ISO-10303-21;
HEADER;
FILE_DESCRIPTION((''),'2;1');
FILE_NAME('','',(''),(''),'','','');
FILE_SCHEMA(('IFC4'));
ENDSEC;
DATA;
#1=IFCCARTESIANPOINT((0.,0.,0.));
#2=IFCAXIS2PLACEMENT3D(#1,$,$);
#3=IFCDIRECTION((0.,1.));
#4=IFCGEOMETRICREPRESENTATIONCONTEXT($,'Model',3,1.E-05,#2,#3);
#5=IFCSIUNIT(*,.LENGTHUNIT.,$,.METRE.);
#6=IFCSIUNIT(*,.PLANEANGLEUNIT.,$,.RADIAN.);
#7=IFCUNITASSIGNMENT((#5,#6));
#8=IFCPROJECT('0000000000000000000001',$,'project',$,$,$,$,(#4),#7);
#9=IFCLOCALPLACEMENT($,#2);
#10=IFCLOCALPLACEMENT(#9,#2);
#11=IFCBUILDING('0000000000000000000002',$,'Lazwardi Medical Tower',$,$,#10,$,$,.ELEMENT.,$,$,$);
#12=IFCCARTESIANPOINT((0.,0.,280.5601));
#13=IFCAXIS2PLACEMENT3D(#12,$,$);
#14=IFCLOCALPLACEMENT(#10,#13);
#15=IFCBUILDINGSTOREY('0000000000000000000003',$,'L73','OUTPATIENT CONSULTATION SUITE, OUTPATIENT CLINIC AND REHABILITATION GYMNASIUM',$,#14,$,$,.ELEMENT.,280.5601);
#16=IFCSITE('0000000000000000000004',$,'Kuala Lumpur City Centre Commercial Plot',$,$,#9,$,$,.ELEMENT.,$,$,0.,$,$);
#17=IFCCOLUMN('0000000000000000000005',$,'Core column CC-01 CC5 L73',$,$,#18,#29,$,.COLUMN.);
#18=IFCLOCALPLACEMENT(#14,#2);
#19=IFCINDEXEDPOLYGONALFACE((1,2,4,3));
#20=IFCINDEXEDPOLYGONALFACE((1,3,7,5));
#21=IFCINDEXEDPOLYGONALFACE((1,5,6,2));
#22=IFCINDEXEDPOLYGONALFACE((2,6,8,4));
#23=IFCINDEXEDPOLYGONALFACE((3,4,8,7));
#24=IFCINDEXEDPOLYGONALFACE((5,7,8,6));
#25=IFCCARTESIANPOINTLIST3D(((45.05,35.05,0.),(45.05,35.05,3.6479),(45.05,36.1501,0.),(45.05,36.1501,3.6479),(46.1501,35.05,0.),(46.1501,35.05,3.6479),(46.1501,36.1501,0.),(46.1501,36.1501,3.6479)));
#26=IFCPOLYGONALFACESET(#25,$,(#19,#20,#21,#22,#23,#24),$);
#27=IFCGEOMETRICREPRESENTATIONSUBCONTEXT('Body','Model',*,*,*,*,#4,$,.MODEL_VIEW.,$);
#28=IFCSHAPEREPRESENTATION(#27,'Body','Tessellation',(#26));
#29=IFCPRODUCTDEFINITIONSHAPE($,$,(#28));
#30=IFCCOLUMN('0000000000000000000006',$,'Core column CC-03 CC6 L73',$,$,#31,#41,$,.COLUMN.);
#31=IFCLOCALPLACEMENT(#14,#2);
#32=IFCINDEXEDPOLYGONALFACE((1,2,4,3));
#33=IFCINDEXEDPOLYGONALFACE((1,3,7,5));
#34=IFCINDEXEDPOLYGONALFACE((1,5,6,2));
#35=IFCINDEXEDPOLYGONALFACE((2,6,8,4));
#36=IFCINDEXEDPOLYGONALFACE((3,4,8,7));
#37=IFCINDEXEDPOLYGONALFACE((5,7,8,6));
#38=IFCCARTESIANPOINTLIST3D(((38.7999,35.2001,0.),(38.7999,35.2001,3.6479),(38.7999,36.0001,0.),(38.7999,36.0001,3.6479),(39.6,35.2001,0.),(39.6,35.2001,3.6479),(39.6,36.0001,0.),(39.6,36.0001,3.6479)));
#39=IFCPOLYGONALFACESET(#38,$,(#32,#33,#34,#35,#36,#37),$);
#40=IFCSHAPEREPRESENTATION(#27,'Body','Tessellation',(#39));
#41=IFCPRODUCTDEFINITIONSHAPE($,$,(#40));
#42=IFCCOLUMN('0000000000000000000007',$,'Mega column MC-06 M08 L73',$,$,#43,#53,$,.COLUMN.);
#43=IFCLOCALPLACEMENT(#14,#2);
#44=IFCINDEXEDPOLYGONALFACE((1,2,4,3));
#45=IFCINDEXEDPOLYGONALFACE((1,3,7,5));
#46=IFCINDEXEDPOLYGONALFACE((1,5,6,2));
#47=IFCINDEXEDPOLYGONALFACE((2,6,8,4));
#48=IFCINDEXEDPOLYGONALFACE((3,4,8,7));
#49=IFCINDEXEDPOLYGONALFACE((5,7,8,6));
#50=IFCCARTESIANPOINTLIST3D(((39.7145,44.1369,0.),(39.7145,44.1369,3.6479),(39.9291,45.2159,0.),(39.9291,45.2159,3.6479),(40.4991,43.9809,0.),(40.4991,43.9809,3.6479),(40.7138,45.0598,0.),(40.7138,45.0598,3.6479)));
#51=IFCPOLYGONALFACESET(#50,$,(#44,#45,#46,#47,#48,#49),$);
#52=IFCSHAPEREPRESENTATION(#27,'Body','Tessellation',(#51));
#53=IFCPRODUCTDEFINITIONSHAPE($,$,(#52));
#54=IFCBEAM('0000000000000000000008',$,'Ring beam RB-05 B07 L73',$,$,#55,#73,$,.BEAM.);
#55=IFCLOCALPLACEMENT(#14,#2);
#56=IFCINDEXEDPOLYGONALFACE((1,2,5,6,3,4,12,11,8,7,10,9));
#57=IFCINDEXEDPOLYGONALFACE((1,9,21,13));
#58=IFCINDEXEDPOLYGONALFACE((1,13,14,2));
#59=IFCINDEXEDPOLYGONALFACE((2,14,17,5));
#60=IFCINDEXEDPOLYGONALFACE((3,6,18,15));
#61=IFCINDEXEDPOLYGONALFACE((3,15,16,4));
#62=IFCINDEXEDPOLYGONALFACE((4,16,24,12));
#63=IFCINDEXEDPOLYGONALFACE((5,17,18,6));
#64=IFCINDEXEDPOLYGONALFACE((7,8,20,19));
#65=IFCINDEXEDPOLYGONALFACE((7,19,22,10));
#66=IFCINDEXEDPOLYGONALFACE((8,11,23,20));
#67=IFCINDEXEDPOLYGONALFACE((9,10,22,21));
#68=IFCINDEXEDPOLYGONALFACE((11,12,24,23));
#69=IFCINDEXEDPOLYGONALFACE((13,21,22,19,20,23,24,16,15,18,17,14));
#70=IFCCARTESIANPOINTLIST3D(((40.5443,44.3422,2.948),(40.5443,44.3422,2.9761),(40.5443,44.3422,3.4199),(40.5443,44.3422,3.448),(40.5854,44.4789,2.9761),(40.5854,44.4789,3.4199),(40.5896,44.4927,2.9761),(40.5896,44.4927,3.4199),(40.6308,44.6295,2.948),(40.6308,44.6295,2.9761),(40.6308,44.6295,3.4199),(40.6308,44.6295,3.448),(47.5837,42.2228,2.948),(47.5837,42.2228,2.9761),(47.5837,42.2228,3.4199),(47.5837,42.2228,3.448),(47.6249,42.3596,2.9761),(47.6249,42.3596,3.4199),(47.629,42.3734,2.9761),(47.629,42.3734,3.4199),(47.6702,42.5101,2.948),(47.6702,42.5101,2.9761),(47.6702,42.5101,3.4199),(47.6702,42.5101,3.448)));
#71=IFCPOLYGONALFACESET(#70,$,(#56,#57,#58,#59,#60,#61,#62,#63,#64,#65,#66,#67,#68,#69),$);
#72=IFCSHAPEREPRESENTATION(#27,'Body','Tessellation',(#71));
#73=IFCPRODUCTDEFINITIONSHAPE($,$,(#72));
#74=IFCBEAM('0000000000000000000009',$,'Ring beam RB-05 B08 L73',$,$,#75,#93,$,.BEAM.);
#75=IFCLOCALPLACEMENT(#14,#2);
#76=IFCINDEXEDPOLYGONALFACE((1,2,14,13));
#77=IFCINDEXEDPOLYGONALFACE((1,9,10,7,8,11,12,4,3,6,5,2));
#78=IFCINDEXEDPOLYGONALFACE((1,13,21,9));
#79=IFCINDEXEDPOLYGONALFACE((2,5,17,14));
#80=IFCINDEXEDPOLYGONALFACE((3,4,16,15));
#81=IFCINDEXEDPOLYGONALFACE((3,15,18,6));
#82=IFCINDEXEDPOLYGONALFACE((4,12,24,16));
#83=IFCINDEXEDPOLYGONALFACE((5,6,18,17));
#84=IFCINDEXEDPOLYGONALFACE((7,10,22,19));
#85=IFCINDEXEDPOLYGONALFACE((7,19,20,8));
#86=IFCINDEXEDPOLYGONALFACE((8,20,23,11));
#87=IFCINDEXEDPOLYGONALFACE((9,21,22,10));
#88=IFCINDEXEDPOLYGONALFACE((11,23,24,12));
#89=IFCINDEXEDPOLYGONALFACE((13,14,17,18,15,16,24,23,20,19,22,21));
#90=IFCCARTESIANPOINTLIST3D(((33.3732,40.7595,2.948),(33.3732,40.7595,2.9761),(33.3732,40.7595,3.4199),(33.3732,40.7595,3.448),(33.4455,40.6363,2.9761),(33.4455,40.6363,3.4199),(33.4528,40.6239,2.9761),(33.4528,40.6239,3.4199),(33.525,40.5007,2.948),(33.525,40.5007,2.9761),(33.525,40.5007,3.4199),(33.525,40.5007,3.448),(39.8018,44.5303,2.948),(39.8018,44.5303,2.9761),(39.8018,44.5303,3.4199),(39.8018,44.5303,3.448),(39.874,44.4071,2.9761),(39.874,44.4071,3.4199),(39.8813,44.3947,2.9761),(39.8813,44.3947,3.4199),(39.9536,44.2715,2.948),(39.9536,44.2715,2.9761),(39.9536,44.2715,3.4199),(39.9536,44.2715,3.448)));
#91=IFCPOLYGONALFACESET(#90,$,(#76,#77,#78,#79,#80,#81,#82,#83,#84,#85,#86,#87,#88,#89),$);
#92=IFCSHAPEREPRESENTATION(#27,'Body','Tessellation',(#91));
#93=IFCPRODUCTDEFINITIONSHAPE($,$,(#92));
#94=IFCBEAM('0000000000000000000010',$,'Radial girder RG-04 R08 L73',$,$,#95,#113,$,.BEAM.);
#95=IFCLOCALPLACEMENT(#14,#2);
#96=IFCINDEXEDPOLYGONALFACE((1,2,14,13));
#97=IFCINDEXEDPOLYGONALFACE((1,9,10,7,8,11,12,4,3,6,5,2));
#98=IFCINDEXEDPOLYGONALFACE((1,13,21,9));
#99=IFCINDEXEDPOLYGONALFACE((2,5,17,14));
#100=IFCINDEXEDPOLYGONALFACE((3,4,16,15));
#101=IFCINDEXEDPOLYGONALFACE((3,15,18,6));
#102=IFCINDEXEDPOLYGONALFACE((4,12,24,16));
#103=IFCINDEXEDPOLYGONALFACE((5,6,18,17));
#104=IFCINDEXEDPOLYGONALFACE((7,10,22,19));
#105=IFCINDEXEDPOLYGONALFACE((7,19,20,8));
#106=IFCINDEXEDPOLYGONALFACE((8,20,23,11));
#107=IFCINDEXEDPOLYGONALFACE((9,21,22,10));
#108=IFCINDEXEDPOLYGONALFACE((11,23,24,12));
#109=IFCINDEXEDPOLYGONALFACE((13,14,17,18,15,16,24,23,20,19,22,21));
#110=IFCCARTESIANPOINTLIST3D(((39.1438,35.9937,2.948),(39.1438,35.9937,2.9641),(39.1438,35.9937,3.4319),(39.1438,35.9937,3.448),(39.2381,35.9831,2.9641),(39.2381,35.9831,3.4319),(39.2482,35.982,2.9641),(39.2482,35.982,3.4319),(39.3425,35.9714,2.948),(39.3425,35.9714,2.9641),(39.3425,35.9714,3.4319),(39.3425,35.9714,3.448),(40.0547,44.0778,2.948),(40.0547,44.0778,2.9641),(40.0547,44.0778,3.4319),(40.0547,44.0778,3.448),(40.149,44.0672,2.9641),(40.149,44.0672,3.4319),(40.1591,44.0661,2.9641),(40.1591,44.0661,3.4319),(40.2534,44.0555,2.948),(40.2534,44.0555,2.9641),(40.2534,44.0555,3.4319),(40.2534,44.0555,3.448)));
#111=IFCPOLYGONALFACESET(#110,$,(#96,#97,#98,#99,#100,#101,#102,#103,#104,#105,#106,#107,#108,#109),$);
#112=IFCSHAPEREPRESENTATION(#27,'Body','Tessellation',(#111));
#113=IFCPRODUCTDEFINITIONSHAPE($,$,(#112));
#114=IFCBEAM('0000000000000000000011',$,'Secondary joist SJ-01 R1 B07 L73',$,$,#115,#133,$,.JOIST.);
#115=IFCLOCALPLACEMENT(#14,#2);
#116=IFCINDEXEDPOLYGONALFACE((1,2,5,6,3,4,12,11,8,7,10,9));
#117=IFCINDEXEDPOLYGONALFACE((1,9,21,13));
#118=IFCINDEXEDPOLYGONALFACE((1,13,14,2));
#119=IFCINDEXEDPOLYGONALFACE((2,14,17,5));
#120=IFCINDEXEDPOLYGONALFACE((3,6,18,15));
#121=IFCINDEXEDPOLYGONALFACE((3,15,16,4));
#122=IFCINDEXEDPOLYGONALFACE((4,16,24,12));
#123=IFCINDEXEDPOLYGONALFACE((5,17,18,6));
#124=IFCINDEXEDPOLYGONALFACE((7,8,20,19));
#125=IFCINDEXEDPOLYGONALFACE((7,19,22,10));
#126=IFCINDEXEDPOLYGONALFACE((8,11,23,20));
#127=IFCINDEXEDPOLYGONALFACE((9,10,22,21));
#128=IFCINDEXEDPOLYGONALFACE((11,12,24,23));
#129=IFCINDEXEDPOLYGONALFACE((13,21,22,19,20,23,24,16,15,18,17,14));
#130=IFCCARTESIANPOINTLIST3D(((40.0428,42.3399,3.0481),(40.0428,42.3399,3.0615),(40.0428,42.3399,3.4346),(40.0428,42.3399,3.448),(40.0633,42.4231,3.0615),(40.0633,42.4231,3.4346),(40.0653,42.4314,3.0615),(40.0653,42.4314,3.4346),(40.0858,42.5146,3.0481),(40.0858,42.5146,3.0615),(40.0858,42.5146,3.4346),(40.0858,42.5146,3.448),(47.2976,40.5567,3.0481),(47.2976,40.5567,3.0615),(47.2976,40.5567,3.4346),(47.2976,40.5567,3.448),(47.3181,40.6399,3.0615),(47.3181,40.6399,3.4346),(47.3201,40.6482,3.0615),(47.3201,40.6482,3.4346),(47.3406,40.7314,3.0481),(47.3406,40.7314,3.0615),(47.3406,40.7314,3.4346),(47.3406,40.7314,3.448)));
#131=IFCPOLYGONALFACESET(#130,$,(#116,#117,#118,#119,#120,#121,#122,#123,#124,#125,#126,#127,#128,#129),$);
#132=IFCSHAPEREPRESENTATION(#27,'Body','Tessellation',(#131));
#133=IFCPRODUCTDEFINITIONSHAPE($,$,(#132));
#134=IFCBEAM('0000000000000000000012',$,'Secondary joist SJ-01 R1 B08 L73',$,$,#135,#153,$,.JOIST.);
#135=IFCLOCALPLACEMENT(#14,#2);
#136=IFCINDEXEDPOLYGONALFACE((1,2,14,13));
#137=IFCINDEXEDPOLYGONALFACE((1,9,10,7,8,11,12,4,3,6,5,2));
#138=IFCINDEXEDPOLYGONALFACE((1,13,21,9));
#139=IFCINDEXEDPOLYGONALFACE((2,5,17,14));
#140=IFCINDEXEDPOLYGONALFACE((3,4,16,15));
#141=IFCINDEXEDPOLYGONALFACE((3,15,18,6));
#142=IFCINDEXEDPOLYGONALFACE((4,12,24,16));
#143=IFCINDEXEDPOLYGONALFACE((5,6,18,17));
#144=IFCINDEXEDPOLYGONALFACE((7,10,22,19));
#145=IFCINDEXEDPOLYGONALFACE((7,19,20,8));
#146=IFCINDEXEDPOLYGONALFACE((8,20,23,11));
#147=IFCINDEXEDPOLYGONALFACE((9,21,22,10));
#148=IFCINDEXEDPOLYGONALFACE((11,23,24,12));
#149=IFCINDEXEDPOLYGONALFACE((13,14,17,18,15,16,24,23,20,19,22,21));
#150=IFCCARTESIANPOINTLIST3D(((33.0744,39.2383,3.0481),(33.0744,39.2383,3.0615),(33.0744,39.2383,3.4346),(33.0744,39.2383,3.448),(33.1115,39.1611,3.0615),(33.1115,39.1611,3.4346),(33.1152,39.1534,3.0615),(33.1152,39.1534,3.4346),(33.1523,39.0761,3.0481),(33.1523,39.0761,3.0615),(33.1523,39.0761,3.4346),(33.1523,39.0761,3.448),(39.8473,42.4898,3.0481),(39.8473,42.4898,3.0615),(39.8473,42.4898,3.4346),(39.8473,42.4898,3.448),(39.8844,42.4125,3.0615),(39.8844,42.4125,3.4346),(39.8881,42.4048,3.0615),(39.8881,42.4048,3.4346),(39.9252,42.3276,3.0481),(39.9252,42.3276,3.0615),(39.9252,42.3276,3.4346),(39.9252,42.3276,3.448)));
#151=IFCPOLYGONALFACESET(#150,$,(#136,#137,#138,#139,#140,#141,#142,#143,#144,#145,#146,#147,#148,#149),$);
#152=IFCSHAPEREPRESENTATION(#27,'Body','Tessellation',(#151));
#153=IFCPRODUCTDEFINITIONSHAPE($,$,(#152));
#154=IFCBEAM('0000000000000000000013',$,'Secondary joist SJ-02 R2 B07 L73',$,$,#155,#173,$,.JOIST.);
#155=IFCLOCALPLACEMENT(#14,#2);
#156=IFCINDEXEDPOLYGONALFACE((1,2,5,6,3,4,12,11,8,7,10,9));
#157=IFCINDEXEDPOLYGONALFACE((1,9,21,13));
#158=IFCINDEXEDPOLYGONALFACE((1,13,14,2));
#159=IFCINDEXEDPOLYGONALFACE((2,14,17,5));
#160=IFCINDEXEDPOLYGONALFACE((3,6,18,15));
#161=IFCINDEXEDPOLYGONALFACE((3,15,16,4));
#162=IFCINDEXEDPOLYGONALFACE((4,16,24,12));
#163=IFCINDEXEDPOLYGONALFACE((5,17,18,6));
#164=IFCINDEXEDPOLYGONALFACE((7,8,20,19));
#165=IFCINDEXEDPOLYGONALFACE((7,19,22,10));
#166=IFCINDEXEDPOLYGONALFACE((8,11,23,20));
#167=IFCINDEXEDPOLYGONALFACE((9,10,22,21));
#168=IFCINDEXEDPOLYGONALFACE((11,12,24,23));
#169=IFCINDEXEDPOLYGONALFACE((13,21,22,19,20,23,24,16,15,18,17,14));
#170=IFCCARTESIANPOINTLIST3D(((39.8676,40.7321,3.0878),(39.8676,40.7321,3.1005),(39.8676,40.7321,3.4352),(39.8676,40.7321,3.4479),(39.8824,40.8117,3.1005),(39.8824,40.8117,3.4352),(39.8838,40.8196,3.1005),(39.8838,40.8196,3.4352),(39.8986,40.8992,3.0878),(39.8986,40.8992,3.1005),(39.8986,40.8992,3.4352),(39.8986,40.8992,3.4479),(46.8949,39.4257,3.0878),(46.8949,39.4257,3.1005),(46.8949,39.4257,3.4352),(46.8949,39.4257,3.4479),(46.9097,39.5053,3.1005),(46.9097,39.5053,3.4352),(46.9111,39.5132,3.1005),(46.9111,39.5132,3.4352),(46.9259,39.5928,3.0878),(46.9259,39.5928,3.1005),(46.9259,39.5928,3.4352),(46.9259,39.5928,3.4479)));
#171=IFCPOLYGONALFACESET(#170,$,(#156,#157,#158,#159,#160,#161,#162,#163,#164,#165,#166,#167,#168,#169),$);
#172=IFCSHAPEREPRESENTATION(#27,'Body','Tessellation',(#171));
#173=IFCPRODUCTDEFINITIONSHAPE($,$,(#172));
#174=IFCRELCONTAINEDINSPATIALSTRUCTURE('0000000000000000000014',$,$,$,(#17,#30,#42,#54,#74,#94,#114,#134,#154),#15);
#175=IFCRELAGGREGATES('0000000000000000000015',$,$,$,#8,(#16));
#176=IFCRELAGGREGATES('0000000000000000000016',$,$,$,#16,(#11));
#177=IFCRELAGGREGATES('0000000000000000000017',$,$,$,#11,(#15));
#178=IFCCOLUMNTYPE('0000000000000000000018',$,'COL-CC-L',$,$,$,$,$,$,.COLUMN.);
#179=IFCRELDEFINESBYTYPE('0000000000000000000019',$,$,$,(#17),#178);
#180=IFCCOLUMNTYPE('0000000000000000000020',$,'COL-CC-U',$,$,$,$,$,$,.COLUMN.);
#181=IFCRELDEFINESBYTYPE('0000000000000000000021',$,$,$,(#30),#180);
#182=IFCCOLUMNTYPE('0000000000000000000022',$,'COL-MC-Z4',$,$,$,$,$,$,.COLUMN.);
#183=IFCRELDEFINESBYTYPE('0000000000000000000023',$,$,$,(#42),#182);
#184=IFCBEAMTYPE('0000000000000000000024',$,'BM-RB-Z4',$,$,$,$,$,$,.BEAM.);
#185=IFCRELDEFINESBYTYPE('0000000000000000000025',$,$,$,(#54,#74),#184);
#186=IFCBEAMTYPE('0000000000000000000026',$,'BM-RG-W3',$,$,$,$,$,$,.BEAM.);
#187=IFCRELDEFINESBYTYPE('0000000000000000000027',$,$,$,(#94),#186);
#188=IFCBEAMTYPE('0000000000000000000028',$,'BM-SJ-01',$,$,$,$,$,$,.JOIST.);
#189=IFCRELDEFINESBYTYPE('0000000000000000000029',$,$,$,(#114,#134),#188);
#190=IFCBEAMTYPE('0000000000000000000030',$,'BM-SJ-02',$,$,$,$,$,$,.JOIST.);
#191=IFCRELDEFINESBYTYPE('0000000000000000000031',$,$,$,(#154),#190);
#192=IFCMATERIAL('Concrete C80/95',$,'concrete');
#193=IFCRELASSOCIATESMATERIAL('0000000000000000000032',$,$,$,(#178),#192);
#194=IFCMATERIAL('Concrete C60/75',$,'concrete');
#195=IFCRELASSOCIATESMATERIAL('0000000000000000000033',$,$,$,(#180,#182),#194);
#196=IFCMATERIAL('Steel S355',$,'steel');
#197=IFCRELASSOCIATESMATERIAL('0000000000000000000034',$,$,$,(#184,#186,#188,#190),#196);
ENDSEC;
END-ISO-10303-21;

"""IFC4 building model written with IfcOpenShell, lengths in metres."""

from ifc_helpers import new_model, si_unit, direction, frame, origin, origin_2d, place, context, subcontext, project, spatial, rectangle, i_section, extrude, material, material_profile, profile_set, type_object, element, save


model = new_model("IFC4")

# Units and contexts
model_context = context("Model", 3, precision=1e-05, world=origin(), true_north=direction((0.0, 1.0)))
body_context = subcontext(model_context, "Body", "Model", "MODEL_VIEW")
ifc_project = project(units=[si_unit("LENGTHUNIT", "METRE"), si_unit("PLANEANGLEUNIT", "RADIAN")], contexts=[model_context])

# Site, building, storey
site_placement = place(None, origin())
site = spatial("IfcSite", under=ifc_project, at=site_placement, Name="Kuala Lumpur City Centre Commercial Plot", CompositionType="ELEMENT", RefElevation=0.0)
building_placement = place(site_placement, origin())
building = spatial("IfcBuilding", under=site, at=building_placement, Name="Lazwardi Medical Tower", CompositionType="ELEMENT")
storey_placement = place(building_placement, frame((0.0, 0.0, 280.5601)))
storey = spatial("IfcBuildingStorey", under=building, at=storey_placement, Name="L73", Description="OUTPATIENT CONSULTATION SUITE, OUTPATIENT CLINIC AND REHABILITATION GYMNASIUM", CompositionType="ELEMENT", Elevation=280.5601)

# Columns
ifc_material_1 = material(Name="Concrete C80/95", Category="concrete")
ifc_material_profile_1 = material_profile(ifc_material_1, rectangle(XDim=1.1001, YDim=1.1001, at=origin_2d()), Name="RC 1100x1100")
ifc_profile_set_1 = profile_set([ifc_material_profile_1], Name="Concrete C80/95")
column_type_1 = type_object("IfcColumnType", Name="COL-CC-L", PredefinedType="COLUMN", material=ifc_profile_set_1)
column_1_placement = place(storey_placement, frame((45.6001, 35.6001, 0.0), z_axis=(0.0, 0.0, 1.0), x_axis=(1.0, 0.0, 0.0)))
element("IfcColumn", 1, at=column_1_placement, inside=storey, type_object=column_type_1, Name="Core column CC-01 CC5 L73", PredefinedType="COLUMN", context=body_context, shape_type="SweptSolid", body=[
    extrude(rectangle(XDim=1.1001, YDim=1.1001, at=origin_2d()), origin(), (0.0, 0.0, 1.0), 3.6479),
])
ifc_material_2 = material(Name="Concrete C60/75", Category="concrete")
ifc_material_profile_2 = material_profile(ifc_material_2, rectangle(XDim=0.8, YDim=0.8, at=origin_2d()), Name="RC 800x800")
ifc_profile_set_2 = profile_set([ifc_material_profile_2], Name="Concrete C60/75")
column_type_2 = type_object("IfcColumnType", Name="COL-CC-U", PredefinedType="COLUMN", material=ifc_profile_set_2)
column_2_placement = place(storey_placement, frame((39.2, 35.6001, 0.0), z_axis=(0.0, 0.0, 1.0), x_axis=(1.0, 0.0, 0.0)))
element("IfcColumn", 2, at=column_2_placement, inside=storey, type_object=column_type_2, Name="Core column CC-03 CC6 L73", PredefinedType="COLUMN", context=body_context, shape_type="SweptSolid", body=[
    extrude(rectangle(XDim=0.8, YDim=0.8, at=origin_2d()), origin(), (0.0, 0.0, 1.0), 3.6479),
])
ifc_material_profile_3 = material_profile(ifc_material_2, rectangle(XDim=1.1001, YDim=0.8, at=origin_2d()), Name="CFT-RECT 1100x800")
ifc_profile_set_3 = profile_set([ifc_material_profile_3], Name="Concrete C60/75")
column_type_3 = type_object("IfcColumnType", Name="COL-MC-Z4", PredefinedType="COLUMN", material=ifc_profile_set_3)
column_3_placement = place(storey_placement, frame((40.2141, 44.5984, 0.0), z_axis=(0.0, 0.0, 1.0), x_axis=(0.19509, 0.980785, 0.0)))
element("IfcColumn", 3, at=column_3_placement, inside=storey, type_object=column_type_3, Name="Mega column MC-06 M08 L73", PredefinedType="COLUMN", context=body_context, shape_type="SweptSolid", body=[
    extrude(rectangle(XDim=1.1001, YDim=0.8, at=origin_2d()), origin(), (0.0, 0.0, 1.0), 3.6479),
])

# Beams
ifc_material_3 = material(Name="Steel S355", Category="steel")
ifc_material_profile_4 = material_profile(ifc_material_3, i_section(OverallWidth=0.3, OverallDepth=0.5, WebThickness=0.0144, FlangeThickness=0.0281, at=origin_2d()), Name="HEB 500")
ifc_profile_set_4 = profile_set([ifc_material_profile_4], Name="Steel S355")
beam_type_1 = type_object("IfcBeamType", Name="BM-RB-Z4", PredefinedType="BEAM", material=ifc_profile_set_4)
beam_1_placement = place(storey_placement, frame((47.627, 42.3665, 3.198), z_axis=(-0.957544, 0.288286, 0.0), x_axis=(-0.288286, -0.957544, 0.0)))
element("IfcBeam", 4, at=beam_1_placement, inside=storey, type_object=beam_type_1, Name="Ring beam RB-05 B07 L73", PredefinedType="BEAM", context=body_context, shape_type="SweptSolid", body=[
    extrude(i_section(OverallWidth=0.3, OverallDepth=0.5, WebThickness=0.0144, FlangeThickness=0.0281, at=origin_2d()), origin(), (0.0, 0.0, 1.0), 7.3516),
])
beam_2_placement = place(storey_placement, frame((39.8777, 44.4009, 3.198), z_axis=(-0.862561, -0.505953, 0.0), x_axis=(0.505953, -0.862561, 0.0)))
element("IfcBeam", 5, at=beam_2_placement, inside=storey, type_object=beam_type_1, Name="Ring beam RB-05 B08 L73", PredefinedType="BEAM", context=body_context, shape_type="SweptSolid", body=[
    extrude(i_section(OverallWidth=0.3, OverallDepth=0.5, WebThickness=0.0144, FlangeThickness=0.0281, at=origin_2d()), origin(), (0.0, 0.0, 1.0), 7.4529),
])
ifc_material_profile_5 = material_profile(ifc_material_3, i_section(OverallWidth=0.2, OverallDepth=0.5, WebThickness=0.0103, FlangeThickness=0.0161, at=origin_2d()), Name="IPE 500")
ifc_profile_set_5 = profile_set([ifc_material_profile_5], Name="Steel S355")
beam_type_2 = type_object("IfcBeamType", Name="BM-RG-W3", PredefinedType="BEAM", material=ifc_profile_set_5)
beam_3_placement = place(storey_placement, frame((40.1541, 44.0667, 3.198), z_axis=(-0.11197, -0.993712, 0.0), x_axis=(0.993712, -0.11197, 0.0)))
element("IfcBeam", 6, at=beam_3_placement, inside=storey, type_object=beam_type_2, Name="Radial girder RG-04 R08 L73", PredefinedType="BEAM", context=body_context, shape_type="SweptSolid", body=[
    extrude(i_section(OverallWidth=0.2, OverallDepth=0.5, WebThickness=0.0103, FlangeThickness=0.0161, at=origin_2d()), origin(), (0.0, 0.0, 1.0), 8.1353),
])
ifc_material_profile_6 = material_profile(ifc_material_3, i_section(OverallWidth=0.1799, OverallDepth=0.3999, WebThickness=0.0085, FlangeThickness=0.0134, at=origin_2d()), Name="IPE 400")
ifc_profile_set_6 = profile_set([ifc_material_profile_6], Name="Steel S355")
beam_type_3 = type_object("IfcBeamType", Name="BM-SJ-01", PredefinedType="JOIST", material=ifc_profile_set_6)
beam_4_placement = place(storey_placement, frame((47.3191, 40.644, 3.248), z_axis=(-0.971096, 0.238689, 0.0), x_axis=(-0.238689, -0.971096, 0.0)))
element("IfcBeam", 7, at=beam_4_placement, inside=storey, type_object=beam_type_3, Name="Secondary joist SJ-01 R1 B07 L73", PredefinedType="JOIST", context=body_context, shape_type="SweptSolid", body=[
    extrude(i_section(OverallWidth=0.1799, OverallDepth=0.3999, WebThickness=0.0085, FlangeThickness=0.0134, at=origin_2d()), origin(), (0.0, 0.0, 1.0), 7.4707),
])
beam_5_placement = place(storey_placement, frame((39.8862, 42.4087, 3.248), z_axis=(-0.9015, -0.43278, 0.0), x_axis=(0.43278, -0.9015, 0.0)))
element("IfcBeam", 8, at=beam_5_placement, inside=storey, type_object=beam_type_3, Name="Secondary joist SJ-01 R1 B08 L73", PredefinedType="JOIST", context=body_context, shape_type="SweptSolid", body=[
    extrude(i_section(OverallWidth=0.1799, OverallDepth=0.3999, WebThickness=0.0085, FlangeThickness=0.0134, at=origin_2d()), origin(), (0.0, 0.0, 1.0), 7.5129),
])
ifc_material_profile_7 = material_profile(ifc_material_3, i_section(OverallWidth=0.1699, OverallDepth=0.3601, WebThickness=0.0081, FlangeThickness=0.0127, at=origin_2d()), Name="IPE 360")
ifc_profile_set_7 = profile_set([ifc_material_profile_7], Name="Steel S355")
beam_type_4 = type_object("IfcBeamType", Name="BM-SJ-02", PredefinedType="JOIST", material=ifc_profile_set_7)
beam_6_placement = place(storey_placement, frame((46.9104, 39.5093, 3.2678), z_axis=(-0.983156, 0.18277, 0.0), x_axis=(-0.18277, -0.983156, 0.0)))
element("IfcBeam", 9, at=beam_6_placement, inside=storey, type_object=beam_type_4, Name="Secondary joist SJ-02 R2 B07 L73", PredefinedType="JOIST", context=body_context, shape_type="SweptSolid", body=[
    extrude(i_section(OverallWidth=0.1699, OverallDepth=0.3601, WebThickness=0.0081, FlangeThickness=0.0127, at=origin_2d()), origin(), (0.0, 0.0, 1.0), 7.1477),
])

save(model, "model.ifc")
